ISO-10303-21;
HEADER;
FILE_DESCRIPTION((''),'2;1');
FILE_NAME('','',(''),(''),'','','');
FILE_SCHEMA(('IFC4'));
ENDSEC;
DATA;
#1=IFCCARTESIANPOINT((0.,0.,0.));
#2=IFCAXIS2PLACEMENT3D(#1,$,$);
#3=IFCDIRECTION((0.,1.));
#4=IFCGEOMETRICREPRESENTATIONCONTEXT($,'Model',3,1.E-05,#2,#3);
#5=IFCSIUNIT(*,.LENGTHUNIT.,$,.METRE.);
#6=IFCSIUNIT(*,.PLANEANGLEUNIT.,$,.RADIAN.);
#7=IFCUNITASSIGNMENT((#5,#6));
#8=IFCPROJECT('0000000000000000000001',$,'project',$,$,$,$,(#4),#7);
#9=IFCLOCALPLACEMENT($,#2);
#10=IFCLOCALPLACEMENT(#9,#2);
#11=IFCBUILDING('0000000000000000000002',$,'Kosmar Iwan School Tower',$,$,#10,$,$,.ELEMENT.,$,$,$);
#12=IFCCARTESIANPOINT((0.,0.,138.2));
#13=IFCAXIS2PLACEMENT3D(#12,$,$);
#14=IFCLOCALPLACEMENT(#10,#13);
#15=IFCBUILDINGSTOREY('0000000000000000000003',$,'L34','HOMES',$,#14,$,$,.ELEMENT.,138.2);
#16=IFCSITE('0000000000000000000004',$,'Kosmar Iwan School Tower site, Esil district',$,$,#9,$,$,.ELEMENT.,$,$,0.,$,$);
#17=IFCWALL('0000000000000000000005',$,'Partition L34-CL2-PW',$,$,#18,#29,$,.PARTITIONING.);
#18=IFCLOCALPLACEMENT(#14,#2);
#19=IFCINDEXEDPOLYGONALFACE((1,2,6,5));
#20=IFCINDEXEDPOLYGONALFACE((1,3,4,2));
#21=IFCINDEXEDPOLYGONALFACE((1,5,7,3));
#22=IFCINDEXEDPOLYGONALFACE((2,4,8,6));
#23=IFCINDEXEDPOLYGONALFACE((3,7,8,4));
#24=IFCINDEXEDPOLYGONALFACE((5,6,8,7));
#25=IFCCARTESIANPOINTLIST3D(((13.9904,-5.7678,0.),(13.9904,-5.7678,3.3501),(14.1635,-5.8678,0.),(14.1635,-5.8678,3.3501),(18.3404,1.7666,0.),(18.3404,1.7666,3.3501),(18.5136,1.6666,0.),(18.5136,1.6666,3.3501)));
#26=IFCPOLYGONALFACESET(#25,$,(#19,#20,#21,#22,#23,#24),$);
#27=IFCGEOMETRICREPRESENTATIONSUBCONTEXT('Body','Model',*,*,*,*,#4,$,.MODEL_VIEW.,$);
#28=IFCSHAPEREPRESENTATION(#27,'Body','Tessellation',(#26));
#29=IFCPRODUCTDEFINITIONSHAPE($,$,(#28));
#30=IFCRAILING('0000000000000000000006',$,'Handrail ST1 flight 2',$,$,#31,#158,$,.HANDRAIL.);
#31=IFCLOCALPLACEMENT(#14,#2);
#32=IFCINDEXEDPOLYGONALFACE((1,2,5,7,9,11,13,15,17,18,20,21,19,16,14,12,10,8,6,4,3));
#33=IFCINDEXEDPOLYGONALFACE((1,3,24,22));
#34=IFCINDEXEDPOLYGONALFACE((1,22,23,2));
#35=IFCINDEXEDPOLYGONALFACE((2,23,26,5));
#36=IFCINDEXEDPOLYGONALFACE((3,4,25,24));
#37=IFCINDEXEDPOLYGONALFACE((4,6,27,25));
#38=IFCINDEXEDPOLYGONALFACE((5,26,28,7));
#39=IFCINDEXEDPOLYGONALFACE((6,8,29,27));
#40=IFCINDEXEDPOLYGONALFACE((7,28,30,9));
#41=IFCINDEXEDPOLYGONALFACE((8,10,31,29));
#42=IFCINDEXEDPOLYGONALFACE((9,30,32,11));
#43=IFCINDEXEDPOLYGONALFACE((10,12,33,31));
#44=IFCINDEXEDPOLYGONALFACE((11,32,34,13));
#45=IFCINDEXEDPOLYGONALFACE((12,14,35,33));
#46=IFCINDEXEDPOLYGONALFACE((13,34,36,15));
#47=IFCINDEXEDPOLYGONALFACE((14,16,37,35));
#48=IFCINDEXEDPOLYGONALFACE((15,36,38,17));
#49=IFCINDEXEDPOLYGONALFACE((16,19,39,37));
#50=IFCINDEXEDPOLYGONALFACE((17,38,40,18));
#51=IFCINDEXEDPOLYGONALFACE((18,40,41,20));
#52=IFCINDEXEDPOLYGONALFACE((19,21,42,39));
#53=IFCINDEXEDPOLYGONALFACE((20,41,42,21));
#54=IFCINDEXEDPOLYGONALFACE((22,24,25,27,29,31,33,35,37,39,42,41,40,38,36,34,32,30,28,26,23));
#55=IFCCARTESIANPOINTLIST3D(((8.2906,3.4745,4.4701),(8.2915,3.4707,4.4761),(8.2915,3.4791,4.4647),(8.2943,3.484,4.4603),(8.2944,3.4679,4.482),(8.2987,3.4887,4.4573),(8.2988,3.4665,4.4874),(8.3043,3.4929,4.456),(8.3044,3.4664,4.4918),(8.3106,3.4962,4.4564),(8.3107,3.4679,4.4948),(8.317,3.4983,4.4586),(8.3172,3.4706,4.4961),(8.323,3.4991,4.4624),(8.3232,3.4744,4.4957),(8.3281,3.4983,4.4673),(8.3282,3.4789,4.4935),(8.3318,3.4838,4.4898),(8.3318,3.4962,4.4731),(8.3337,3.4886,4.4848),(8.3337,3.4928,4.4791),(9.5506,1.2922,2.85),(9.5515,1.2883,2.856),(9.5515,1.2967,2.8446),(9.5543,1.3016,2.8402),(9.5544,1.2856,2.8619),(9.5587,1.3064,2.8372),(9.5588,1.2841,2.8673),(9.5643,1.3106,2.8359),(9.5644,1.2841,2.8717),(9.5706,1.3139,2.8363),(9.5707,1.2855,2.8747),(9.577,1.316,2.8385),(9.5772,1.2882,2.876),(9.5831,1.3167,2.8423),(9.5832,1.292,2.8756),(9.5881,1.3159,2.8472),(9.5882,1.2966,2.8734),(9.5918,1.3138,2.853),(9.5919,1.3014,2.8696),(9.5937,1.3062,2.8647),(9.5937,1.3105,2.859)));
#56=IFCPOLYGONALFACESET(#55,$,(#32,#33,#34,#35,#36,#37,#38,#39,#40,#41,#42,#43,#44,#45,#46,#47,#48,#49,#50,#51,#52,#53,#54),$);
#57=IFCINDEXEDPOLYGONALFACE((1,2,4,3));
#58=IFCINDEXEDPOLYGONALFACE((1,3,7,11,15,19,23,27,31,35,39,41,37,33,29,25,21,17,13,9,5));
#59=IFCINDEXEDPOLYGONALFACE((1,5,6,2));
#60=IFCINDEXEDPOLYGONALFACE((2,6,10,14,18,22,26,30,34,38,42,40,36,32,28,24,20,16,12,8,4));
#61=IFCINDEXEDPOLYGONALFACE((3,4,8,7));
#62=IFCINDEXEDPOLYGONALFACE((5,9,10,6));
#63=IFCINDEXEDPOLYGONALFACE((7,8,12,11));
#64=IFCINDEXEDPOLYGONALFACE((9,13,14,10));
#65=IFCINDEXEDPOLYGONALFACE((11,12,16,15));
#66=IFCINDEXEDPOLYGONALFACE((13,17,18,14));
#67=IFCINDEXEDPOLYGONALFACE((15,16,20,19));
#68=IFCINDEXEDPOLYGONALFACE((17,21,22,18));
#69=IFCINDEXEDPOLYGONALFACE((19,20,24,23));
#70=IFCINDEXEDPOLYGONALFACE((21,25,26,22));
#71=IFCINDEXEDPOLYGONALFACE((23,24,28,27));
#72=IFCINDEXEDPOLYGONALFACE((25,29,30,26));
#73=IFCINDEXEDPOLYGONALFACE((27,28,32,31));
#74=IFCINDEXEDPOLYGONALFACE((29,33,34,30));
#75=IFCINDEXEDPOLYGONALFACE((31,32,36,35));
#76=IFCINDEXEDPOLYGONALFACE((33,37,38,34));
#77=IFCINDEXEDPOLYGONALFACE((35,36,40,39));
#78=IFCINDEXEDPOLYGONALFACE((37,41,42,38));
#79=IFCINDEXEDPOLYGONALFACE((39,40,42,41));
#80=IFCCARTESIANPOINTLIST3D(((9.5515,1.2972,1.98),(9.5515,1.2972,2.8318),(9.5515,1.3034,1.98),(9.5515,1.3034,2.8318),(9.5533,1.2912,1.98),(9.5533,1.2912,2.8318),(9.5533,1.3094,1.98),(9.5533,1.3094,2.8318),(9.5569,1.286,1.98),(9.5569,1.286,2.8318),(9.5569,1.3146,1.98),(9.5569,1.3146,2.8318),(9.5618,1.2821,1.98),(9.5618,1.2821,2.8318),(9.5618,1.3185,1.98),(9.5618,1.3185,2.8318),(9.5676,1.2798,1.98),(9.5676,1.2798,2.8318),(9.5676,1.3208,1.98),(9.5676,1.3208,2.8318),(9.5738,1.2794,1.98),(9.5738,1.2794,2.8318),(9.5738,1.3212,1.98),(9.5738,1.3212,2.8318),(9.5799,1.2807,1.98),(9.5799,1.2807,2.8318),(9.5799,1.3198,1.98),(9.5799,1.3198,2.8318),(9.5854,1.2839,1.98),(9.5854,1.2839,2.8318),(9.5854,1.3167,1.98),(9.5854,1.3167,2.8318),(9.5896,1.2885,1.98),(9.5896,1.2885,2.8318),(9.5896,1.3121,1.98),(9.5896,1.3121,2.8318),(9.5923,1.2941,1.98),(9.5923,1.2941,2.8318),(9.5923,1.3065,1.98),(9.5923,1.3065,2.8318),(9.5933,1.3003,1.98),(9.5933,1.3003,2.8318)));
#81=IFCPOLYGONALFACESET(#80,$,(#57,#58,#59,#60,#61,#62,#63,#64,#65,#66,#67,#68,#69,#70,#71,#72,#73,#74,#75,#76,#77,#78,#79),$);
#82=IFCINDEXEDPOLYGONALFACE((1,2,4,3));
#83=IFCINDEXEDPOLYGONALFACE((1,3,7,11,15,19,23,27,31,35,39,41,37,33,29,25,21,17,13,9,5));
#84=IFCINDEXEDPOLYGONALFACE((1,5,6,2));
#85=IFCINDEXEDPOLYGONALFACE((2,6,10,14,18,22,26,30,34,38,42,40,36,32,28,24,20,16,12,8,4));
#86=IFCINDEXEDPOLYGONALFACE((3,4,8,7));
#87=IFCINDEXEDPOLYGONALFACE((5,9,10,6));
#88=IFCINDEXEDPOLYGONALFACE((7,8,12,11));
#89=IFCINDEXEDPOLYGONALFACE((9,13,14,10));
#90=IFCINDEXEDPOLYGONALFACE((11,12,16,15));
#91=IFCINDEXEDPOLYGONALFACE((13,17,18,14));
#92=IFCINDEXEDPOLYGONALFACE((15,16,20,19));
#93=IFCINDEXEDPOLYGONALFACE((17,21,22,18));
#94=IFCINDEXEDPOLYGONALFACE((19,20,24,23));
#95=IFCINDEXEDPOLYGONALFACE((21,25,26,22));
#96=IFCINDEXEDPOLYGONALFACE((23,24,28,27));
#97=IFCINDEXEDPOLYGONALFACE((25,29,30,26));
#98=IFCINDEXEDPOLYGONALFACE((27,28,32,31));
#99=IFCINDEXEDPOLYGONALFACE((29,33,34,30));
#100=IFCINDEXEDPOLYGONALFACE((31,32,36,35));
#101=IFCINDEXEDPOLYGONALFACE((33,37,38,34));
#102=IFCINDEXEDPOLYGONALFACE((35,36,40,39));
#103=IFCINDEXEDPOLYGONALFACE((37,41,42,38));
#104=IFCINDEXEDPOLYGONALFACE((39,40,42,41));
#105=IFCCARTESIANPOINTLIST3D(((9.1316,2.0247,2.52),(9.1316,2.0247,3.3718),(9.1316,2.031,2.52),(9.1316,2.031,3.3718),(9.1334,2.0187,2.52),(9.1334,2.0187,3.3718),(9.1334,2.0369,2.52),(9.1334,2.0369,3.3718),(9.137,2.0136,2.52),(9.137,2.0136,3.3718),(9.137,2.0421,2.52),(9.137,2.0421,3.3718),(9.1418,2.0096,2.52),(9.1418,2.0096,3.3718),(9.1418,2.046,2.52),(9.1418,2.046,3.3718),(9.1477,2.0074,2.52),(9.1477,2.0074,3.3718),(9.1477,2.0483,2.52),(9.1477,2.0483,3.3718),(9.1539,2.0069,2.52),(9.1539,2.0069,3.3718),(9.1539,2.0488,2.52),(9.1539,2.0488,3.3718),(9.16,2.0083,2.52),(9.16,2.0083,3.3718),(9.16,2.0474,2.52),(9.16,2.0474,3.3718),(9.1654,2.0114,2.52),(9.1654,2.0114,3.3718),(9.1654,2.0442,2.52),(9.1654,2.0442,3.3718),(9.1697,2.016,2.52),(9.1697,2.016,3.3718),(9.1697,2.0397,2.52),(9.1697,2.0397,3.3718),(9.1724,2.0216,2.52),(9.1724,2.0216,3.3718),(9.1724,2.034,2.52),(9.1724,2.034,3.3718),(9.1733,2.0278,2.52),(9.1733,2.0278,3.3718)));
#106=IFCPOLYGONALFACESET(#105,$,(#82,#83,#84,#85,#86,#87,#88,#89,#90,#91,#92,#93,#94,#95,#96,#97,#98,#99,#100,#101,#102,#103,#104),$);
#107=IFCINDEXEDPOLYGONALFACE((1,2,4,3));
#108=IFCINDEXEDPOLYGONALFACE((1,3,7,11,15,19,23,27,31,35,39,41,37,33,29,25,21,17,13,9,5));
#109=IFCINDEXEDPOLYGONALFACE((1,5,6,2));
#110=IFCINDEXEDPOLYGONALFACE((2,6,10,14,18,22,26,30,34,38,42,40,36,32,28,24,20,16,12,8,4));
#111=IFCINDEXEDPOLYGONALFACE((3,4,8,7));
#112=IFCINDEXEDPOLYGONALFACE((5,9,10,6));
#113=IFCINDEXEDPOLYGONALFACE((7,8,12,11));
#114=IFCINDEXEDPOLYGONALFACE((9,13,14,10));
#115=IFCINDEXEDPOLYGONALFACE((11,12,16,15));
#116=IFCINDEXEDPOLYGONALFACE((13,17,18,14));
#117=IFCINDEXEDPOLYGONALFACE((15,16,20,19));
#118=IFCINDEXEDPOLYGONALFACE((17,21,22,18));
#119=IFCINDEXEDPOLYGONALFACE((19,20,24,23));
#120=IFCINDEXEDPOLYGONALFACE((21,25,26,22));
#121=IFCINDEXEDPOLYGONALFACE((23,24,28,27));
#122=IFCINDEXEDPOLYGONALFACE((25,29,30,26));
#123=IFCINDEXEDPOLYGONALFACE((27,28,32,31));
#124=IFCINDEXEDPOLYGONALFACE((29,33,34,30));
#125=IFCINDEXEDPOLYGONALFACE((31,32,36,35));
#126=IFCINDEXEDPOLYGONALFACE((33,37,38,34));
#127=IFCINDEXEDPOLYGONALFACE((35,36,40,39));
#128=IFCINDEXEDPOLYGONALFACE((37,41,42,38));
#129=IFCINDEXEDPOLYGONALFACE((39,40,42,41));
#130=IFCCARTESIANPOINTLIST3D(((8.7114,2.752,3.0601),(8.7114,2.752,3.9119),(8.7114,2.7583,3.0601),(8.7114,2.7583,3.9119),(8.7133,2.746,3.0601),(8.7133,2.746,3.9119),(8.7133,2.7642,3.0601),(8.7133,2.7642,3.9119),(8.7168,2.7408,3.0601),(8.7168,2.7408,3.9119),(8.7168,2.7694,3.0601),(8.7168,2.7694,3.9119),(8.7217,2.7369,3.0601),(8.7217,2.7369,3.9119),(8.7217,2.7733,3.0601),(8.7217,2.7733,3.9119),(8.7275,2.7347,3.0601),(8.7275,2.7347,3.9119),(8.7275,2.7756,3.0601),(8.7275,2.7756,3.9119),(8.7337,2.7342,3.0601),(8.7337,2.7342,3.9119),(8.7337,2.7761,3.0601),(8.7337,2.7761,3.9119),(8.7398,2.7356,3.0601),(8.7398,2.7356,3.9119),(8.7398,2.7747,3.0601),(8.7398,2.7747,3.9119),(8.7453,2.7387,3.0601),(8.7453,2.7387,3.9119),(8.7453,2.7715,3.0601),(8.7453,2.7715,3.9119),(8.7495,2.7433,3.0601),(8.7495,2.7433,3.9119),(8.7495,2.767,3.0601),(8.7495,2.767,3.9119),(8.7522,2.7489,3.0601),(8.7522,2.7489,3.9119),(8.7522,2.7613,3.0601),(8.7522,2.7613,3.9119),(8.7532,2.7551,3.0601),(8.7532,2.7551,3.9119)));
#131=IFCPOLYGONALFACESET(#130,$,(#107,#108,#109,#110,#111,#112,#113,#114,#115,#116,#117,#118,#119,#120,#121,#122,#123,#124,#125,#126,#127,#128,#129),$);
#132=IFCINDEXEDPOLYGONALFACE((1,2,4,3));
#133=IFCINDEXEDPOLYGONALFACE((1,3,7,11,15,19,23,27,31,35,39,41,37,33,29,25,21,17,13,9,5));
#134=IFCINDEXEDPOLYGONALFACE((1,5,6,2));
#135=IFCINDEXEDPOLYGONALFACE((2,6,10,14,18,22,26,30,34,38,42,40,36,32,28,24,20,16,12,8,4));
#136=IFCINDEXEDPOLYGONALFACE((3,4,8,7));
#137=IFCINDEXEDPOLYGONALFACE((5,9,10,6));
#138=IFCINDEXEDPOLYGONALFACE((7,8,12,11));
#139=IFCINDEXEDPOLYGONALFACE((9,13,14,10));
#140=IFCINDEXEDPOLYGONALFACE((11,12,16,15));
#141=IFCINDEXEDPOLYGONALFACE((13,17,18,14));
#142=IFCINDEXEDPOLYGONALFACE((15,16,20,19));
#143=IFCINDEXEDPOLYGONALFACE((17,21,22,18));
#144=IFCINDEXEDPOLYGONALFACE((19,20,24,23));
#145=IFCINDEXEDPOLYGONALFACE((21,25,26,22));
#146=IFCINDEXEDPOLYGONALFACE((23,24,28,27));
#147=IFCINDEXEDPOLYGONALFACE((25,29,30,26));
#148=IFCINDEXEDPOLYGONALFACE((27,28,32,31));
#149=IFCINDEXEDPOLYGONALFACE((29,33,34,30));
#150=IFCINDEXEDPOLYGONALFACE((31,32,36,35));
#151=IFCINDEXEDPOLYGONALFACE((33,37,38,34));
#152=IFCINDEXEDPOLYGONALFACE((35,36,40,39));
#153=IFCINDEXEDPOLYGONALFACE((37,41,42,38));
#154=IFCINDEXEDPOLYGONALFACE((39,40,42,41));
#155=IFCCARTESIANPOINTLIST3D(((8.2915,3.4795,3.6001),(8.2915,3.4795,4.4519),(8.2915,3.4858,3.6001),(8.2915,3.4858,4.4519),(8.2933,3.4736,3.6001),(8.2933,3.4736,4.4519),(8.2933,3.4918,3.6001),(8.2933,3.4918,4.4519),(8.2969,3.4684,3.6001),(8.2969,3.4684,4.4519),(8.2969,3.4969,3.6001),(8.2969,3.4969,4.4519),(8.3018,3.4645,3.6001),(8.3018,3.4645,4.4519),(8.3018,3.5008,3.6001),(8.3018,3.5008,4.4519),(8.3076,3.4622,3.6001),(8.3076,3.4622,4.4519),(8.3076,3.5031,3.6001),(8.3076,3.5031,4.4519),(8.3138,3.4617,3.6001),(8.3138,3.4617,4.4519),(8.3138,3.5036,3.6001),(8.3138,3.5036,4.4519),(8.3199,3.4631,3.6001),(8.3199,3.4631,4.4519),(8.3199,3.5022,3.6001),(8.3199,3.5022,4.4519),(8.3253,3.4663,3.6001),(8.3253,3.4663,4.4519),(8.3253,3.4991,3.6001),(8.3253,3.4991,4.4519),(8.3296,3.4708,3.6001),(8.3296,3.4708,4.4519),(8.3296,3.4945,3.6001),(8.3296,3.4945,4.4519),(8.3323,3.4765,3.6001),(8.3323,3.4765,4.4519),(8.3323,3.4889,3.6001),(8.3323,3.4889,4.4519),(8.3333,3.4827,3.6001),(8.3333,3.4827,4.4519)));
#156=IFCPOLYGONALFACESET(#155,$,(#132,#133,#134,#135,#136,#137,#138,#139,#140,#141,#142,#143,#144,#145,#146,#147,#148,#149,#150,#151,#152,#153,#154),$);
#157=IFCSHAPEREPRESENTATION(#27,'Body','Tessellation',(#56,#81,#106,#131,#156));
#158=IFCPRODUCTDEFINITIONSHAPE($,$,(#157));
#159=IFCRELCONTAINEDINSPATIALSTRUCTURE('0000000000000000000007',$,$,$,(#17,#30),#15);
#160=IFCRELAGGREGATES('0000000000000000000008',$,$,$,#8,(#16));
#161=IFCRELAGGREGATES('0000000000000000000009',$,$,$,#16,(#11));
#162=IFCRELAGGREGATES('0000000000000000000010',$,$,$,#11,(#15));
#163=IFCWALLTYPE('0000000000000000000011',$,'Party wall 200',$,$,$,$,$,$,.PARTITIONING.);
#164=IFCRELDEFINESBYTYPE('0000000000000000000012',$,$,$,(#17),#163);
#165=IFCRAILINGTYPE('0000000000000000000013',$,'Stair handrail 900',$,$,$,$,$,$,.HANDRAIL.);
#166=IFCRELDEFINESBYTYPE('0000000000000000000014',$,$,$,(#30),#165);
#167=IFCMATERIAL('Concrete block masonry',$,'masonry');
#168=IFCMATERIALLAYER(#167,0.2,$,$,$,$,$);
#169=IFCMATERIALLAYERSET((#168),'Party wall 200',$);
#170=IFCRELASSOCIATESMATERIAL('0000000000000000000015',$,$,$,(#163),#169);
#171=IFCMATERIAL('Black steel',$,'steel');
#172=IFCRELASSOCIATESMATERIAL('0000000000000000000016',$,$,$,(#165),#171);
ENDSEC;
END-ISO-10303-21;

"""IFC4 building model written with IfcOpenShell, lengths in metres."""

from ifc_helpers import new_model, si_unit, direction, frame, frame_2d, origin, origin_2d, place, context, subcontext, project, spatial, rectangle, circle, extrude, material, layer, layer_set, type_object, element, save


model = new_model("IFC4")

# Units and contexts
model_context = context("Model", 3, precision=1e-05, world=origin(), true_north=direction((0.0, 1.0)))
body_context = subcontext(model_context, "Body", "Model", "MODEL_VIEW")
ifc_project = project(units=[si_unit("LENGTHUNIT", "METRE"), si_unit("PLANEANGLEUNIT", "RADIAN")], contexts=[model_context])

# Site, building, storey
site_placement = place(None, origin())
site = spatial("IfcSite", under=ifc_project, at=site_placement, Name="Kosmar Iwan School Tower site, Esil district", CompositionType="ELEMENT", RefElevation=0.0)
building_placement = place(site_placement, origin())
building = spatial("IfcBuilding", under=site, at=building_placement, Name="Kosmar Iwan School Tower", CompositionType="ELEMENT")
storey_placement = place(building_placement, frame((0.0, 0.0, 138.2)))
storey = spatial("IfcBuildingStorey", under=building, at=storey_placement, Name="L34", Description="HOMES", CompositionType="ELEMENT", Elevation=138.2)

# Wall
ifc_material_1 = material(Name="Concrete block masonry", Category="masonry")
ifc_layer_1 = layer(ifc_material_1, 0.2)
ifc_layer_set_1 = layer_set([ifc_layer_1], Name="Party wall 200")
wall_type_1 = type_object("IfcWallType", Name="Party wall 200", PredefinedType="PARTITIONING", material=ifc_layer_set_1)
wall_1_placement = place(storey_placement, frame((14.0769, -5.8179, 0.0), z_axis=(0.0, 0.0, 1.0), x_axis=(0.500008, 0.866021, 0.0)))
element("IfcWall", 1, at=wall_1_placement, inside=storey, type_object=wall_type_1, Name="Partition L34-CL2-PW", PredefinedType="PARTITIONING", context=body_context, shape_type="SweptSolid", body=[
    extrude(rectangle(XDim=8.7, YDim=0.2, at=frame_2d((4.3501, 0.0))), origin(), (0.0, 0.0, 1.0), 3.3501),
])

# Railing
ifc_material_2 = material(Name="Black steel", Category="steel")
railing_type = type_object("IfcRailingType", Name="Stair handrail 900", PredefinedType="HANDRAIL", material=ifc_material_2)
railing_placement = place(storey_placement, frame((9.5723, 1.3003, 1.98)))
element("IfcRailing", 2, at=railing_placement, inside=storey, type_object=railing_type, Name="Handrail ST1 flight 2", PredefinedType="HANDRAIL", context=body_context, shape_type="SweptSolid", body=[
    extrude(circle(Radius=0.0239, at=origin_2d()), frame((0.0, 0.0, 0.876), z_axis=(-0.420584, 0.728464, 0.540786), x_axis=(-0.866023, -0.500005, 0.0)), (0.0, 0.0, 1.0), 2.9958),
    extrude(circle(Radius=0.021, at=origin_2d()), origin(), (0.0, 0.0, 1.0), 0.8518),
    extrude(circle(Radius=0.021, at=origin_2d()), frame((-0.4199, 0.7275, 0.54)), (0.0, 0.0, 1.0), 0.8518),
    extrude(circle(Radius=0.021, at=origin_2d()), frame((-0.8401, 1.4548, 1.0801)), (0.0, 0.0, 1.0), 0.8518),
    extrude(circle(Radius=0.021, at=origin_2d()), frame((-1.26, 2.1824, 1.6201)), (0.0, 0.0, 1.0), 0.8518),
])

save(model, "model.ifc")
